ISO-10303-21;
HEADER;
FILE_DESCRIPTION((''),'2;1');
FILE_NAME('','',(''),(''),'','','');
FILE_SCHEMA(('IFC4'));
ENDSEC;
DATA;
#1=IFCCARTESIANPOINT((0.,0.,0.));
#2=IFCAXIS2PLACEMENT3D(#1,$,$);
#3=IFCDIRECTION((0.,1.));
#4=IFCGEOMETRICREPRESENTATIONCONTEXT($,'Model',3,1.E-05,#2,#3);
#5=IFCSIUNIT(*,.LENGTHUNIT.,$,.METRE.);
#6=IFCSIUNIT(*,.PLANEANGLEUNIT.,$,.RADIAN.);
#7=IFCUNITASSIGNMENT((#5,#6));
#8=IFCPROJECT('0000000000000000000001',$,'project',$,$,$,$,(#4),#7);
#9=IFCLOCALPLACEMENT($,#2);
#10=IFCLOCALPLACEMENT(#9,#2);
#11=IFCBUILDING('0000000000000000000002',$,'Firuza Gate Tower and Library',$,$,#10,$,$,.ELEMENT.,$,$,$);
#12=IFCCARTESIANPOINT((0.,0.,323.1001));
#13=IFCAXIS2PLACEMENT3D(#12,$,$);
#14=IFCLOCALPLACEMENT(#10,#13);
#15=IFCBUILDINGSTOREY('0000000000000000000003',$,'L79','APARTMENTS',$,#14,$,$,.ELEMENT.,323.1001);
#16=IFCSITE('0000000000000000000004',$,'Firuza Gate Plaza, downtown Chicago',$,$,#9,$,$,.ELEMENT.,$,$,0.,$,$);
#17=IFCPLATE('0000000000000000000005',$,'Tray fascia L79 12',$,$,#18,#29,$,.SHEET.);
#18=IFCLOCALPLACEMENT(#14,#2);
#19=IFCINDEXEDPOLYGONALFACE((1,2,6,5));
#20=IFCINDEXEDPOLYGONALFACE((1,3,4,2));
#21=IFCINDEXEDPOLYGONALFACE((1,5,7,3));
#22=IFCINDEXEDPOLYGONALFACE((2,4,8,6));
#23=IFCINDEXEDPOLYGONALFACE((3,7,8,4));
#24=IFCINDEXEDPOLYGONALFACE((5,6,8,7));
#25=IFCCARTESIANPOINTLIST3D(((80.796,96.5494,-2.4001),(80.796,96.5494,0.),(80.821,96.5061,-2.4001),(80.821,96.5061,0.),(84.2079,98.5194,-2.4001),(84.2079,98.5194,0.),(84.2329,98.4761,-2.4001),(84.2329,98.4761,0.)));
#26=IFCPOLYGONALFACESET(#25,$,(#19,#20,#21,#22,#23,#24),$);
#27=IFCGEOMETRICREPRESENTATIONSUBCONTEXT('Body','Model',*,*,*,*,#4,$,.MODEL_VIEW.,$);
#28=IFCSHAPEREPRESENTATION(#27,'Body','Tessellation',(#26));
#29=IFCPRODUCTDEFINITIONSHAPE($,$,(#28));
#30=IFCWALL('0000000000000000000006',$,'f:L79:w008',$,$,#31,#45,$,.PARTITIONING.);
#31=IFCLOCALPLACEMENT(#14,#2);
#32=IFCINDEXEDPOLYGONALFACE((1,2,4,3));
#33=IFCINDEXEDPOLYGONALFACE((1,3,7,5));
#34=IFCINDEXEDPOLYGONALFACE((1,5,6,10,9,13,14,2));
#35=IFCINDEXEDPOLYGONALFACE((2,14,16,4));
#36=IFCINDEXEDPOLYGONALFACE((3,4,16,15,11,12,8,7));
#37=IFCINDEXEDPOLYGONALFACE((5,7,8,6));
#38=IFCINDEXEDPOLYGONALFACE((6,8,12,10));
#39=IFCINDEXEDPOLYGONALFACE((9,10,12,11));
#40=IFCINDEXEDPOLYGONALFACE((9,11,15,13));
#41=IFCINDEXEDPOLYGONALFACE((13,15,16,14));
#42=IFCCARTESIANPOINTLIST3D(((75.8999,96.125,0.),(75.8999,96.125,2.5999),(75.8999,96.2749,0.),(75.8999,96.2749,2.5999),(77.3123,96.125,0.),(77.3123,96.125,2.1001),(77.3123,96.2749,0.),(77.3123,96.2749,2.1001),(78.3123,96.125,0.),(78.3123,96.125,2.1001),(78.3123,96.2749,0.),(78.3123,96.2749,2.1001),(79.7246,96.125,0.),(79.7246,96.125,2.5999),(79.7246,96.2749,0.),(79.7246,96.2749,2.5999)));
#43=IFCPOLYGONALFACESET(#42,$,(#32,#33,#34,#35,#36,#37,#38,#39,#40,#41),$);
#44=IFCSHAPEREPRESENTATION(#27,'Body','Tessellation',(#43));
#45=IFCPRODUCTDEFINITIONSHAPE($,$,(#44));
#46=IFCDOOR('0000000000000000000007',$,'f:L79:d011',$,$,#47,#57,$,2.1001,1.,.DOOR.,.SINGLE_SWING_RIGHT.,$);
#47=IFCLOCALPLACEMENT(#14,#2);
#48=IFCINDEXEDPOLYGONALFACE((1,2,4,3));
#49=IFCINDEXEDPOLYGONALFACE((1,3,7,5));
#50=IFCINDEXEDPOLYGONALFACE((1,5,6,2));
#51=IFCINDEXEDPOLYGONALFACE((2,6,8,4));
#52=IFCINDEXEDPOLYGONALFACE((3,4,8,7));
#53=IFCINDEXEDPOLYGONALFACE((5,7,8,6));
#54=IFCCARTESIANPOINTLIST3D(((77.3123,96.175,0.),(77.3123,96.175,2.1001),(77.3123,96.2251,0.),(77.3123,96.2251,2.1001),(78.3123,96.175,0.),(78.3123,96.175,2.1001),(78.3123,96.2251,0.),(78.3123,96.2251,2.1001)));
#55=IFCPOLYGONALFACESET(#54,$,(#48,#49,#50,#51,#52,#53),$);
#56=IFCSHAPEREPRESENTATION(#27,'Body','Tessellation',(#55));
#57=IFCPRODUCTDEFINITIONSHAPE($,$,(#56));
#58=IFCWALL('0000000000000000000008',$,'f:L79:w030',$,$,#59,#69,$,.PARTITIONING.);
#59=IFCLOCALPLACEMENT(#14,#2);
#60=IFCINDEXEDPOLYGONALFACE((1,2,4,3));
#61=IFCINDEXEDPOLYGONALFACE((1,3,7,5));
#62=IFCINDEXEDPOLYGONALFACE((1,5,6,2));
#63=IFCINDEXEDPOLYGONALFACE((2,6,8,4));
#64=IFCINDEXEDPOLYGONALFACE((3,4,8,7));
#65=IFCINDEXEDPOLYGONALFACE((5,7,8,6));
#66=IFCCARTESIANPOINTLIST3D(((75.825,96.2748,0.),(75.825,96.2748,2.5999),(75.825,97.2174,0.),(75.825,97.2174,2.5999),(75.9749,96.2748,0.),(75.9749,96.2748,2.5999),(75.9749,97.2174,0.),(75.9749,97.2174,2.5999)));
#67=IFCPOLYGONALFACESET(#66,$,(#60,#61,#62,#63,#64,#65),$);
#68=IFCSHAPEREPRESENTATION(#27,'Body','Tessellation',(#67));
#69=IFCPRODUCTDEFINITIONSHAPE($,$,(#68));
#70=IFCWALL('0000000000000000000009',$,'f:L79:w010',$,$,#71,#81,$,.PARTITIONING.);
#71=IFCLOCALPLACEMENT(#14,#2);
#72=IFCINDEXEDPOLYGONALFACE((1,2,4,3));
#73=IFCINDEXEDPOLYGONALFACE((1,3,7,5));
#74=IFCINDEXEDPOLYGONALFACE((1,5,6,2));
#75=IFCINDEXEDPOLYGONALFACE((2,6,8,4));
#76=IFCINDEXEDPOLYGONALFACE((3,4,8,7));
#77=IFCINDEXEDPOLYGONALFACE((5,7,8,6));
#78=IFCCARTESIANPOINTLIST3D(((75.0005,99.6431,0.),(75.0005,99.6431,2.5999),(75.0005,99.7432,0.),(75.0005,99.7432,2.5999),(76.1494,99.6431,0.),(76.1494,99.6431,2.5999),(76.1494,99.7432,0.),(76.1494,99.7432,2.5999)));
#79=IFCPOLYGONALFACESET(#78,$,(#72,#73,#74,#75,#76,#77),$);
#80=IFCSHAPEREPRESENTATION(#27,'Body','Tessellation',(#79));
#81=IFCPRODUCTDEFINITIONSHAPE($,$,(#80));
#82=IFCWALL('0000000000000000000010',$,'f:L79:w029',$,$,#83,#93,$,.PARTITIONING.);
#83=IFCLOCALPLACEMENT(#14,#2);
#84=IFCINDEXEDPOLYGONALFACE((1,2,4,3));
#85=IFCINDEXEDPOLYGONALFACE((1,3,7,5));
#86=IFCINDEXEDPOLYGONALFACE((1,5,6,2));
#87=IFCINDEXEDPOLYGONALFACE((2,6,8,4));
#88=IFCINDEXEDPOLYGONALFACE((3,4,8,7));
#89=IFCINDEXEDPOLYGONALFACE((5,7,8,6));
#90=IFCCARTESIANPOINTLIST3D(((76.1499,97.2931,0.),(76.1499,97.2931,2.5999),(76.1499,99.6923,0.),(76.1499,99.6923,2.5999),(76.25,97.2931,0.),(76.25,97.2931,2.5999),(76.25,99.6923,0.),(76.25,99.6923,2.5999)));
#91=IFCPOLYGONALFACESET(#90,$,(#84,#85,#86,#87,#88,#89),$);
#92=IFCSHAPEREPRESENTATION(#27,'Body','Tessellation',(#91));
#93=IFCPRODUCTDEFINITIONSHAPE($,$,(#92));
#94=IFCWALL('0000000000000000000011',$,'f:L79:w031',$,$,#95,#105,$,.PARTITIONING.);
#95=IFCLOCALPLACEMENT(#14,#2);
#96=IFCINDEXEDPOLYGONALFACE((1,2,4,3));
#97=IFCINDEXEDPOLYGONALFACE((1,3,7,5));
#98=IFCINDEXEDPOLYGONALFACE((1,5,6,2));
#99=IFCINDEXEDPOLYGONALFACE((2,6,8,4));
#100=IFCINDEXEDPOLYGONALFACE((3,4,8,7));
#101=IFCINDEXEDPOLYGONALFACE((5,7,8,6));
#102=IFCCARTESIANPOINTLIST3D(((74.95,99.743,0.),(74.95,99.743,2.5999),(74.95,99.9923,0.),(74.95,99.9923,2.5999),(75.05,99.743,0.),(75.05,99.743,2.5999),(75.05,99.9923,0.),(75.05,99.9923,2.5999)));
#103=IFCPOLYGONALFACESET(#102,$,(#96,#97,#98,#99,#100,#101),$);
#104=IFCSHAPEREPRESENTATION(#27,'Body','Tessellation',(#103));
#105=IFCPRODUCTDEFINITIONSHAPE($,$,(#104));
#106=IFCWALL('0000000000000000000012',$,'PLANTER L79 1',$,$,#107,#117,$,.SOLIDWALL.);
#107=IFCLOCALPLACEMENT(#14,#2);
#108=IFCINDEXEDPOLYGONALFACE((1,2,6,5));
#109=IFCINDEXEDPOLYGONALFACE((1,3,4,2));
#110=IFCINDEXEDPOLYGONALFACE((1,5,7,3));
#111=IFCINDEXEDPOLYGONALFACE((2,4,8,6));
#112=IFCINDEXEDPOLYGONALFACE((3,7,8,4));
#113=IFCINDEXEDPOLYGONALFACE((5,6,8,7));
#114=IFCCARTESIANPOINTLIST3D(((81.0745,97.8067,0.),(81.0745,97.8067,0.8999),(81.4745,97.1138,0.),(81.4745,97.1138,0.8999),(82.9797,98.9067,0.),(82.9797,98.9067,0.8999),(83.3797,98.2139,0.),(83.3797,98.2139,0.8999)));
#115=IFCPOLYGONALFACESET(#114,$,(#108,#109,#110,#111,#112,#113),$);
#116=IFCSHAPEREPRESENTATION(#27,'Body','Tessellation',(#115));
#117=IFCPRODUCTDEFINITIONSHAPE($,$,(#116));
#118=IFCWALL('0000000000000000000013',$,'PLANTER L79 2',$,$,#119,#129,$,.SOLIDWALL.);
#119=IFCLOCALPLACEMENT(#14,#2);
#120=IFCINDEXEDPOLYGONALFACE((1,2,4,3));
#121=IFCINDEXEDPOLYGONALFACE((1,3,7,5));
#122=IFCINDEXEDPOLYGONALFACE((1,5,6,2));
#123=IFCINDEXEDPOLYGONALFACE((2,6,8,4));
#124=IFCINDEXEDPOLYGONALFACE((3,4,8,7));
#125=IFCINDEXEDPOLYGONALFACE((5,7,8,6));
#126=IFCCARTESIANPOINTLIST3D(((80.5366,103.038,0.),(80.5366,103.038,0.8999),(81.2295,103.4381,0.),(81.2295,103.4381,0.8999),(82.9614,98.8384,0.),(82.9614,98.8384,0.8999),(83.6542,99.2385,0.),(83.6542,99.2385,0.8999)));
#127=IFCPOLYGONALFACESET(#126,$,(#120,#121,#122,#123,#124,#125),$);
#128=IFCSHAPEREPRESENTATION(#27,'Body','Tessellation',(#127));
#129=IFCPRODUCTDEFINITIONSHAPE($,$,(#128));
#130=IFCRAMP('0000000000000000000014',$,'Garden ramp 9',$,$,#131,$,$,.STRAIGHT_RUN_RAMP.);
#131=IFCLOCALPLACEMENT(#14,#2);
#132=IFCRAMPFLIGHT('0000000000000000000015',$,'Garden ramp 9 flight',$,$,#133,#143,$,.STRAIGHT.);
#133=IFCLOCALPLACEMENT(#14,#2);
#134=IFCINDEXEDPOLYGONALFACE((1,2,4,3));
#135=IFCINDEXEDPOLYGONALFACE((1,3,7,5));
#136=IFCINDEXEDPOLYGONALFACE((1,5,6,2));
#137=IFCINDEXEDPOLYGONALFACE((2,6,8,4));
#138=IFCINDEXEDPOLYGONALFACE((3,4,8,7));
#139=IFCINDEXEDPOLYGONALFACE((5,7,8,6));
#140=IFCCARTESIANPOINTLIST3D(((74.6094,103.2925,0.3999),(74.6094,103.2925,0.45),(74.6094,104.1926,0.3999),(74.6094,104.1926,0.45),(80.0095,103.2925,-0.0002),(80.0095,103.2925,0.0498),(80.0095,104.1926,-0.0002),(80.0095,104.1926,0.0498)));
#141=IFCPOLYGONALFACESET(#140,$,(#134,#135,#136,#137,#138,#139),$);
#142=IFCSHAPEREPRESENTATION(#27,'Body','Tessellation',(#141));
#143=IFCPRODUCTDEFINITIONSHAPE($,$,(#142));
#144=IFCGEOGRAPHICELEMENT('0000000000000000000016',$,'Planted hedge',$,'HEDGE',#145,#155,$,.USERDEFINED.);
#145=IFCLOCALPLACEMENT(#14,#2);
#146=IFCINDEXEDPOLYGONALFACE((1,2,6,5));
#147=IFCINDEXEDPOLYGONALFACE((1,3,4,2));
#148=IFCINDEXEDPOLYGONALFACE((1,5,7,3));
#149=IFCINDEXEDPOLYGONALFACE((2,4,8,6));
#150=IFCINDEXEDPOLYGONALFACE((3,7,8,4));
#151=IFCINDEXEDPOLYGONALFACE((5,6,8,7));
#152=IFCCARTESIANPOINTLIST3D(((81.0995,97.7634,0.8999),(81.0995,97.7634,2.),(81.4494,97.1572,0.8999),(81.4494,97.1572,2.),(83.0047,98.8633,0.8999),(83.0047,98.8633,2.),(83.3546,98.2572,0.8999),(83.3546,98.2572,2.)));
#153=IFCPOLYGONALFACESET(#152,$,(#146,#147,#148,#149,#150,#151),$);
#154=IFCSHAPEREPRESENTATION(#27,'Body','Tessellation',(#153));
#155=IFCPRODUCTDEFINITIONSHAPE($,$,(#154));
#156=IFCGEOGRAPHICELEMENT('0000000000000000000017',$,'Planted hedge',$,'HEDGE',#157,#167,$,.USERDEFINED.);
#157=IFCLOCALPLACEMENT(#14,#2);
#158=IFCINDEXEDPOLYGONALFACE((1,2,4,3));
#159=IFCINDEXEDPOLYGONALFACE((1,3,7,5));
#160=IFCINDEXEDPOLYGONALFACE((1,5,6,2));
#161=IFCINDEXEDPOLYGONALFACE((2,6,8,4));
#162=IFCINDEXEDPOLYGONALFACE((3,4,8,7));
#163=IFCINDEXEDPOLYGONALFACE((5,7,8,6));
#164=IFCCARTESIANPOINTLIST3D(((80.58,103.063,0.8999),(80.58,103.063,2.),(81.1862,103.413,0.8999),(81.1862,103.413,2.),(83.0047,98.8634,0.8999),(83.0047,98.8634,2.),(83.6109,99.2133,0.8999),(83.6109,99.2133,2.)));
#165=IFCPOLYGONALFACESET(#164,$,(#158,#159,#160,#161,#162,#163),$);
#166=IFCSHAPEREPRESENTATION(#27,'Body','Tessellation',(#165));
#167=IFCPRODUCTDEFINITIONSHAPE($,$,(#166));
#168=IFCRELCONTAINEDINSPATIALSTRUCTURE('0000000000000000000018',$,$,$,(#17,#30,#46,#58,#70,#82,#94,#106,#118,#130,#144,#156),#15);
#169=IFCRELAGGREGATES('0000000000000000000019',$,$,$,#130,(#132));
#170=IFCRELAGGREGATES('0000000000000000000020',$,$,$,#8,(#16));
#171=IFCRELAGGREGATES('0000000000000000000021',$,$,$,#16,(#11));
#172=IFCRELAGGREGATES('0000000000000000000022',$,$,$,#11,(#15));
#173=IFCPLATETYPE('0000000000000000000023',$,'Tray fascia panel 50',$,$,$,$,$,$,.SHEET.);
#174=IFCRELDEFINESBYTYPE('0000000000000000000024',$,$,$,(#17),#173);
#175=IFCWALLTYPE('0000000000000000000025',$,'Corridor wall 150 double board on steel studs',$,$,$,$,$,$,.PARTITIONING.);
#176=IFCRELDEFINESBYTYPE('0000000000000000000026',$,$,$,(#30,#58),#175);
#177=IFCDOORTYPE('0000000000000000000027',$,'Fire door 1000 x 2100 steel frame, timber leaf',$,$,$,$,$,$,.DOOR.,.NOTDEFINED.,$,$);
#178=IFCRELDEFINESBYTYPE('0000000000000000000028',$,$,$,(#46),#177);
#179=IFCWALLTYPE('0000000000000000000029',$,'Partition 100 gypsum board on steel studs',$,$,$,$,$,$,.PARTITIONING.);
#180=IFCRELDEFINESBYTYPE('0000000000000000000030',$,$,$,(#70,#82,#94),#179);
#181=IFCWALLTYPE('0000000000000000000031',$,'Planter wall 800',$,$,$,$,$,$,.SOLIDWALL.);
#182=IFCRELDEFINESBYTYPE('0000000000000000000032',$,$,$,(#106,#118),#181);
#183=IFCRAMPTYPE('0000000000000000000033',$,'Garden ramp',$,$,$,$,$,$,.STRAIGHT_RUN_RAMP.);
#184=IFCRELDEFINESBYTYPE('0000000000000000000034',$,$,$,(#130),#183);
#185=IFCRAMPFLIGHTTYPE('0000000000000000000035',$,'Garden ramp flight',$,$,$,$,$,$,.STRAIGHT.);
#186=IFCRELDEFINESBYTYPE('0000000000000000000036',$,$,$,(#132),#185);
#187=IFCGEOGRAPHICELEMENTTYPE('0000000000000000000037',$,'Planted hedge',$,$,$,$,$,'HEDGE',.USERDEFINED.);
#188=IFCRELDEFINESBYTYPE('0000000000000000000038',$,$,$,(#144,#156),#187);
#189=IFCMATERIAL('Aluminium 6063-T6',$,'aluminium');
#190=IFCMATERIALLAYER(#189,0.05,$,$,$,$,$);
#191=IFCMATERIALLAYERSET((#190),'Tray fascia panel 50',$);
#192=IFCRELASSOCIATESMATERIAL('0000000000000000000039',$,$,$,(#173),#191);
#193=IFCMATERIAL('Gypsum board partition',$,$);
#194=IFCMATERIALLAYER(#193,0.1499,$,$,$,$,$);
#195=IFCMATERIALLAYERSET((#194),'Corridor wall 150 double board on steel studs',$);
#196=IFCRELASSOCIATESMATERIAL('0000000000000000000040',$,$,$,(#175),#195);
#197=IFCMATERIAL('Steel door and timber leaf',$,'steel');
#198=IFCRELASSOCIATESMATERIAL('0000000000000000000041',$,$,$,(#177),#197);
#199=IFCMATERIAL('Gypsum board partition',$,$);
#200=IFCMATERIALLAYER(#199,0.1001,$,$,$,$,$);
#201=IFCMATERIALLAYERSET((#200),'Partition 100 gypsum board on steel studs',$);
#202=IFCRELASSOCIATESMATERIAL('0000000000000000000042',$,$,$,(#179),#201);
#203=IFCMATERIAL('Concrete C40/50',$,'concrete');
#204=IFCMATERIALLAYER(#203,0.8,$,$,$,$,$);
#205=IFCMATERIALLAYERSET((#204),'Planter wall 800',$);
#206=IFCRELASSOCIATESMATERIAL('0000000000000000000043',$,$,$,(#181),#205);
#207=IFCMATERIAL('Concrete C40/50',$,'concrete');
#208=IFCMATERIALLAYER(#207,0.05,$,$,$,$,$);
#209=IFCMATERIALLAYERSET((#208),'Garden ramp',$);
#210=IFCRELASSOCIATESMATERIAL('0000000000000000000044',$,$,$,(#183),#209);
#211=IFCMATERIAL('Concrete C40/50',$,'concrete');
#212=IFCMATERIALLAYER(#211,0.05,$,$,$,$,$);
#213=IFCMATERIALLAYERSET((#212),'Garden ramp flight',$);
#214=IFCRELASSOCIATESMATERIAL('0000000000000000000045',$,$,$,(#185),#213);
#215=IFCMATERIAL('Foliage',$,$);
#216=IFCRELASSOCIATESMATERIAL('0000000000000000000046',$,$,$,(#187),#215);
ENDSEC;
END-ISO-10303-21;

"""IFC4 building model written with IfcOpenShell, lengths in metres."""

from ifc_helpers import new_model, si_unit, direction, frame, frame_2d, origin, origin_2d, place, context, subcontext, project, spatial, polyline, rectangle, outline, extrude, material, layer, layer_set, type_object, element, fill, aggregate, save


model = new_model("IFC4")

# Units and contexts
model_context = context("Model", 3, precision=1e-05, world=origin(), true_north=direction((0.0, 1.0)))
body_context = subcontext(model_context, "Body", "Model", "MODEL_VIEW")
ifc_project = project(units=[si_unit("LENGTHUNIT", "METRE"), si_unit("PLANEANGLEUNIT", "RADIAN")], contexts=[model_context])

# Site, building, storey
site_placement = place(None, origin())
site = spatial("IfcSite", under=ifc_project, at=site_placement, Name="Firuza Gate Plaza, downtown Chicago", CompositionType="ELEMENT", RefElevation=0.0)
building_placement = place(site_placement, origin())
building = spatial("IfcBuilding", under=site, at=building_placement, Name="Firuza Gate Tower and Library", CompositionType="ELEMENT")
storey_placement = place(building_placement, frame((0.0, 0.0, 323.1001)))
storey = spatial("IfcBuildingStorey", under=building, at=storey_placement, Name="L79", Description="APARTMENTS", CompositionType="ELEMENT", Elevation=323.1001)

# Shared definitions
placement = place(storey_placement, origin())

# Plate
ifc_material_1 = material(Name="Aluminium 6063-T6", Category="aluminium")
ifc_layer_1 = layer(ifc_material_1, 0.05)
ifc_layer_set_1 = layer_set([ifc_layer_1], Name="Tray fascia panel 50")
plate_type_1 = type_object("IfcPlateType", Name="Tray fascia panel 50", PredefinedType="SHEET", material=ifc_layer_set_1)
plate_1_placement = place(storey_placement, frame((80.821, 96.5061, -2.4001), z_axis=(0.500025, -0.866011, 0.0), x_axis=(0.866011, 0.500025, 0.0)))
element("IfcPlate", 1, at=plate_1_placement, inside=storey, type_object=plate_type_1, Name="Tray fascia L79 12", PredefinedType="SHEET", context=body_context, shape_type="SweptSolid", body=[
    extrude(outline(polyline([(0.0, 0.0), (3.9397, 0.0), (3.9397, 2.4001), (0.0, 2.4001), (0.0, 0.0)])), origin(), (0.0, 0.0, -1.0), 0.05),
])

# Wall, opening, door
ifc_material_2 = material(Name="Gypsum board partition")
ifc_layer_2 = layer(ifc_material_2, 0.1499)
ifc_layer_set_2 = layer_set([ifc_layer_2], Name="Corridor wall 150 double board on steel studs")
wall_type_1 = type_object("IfcWallType", Name="Corridor wall 150 double board on steel studs", PredefinedType="PARTITIONING", material=ifc_layer_set_2)
wall_1_placement = place(storey_placement, frame((79.7246, 96.2, 0.0), z_axis=(0.0, 0.0, 1.0), x_axis=(-1.0, 0.0, 0.0)))
wall_1 = element("IfcWall", 2, at=wall_1_placement, inside=storey, type_object=wall_type_1, Name="f:L79:w008", PredefinedType="PARTITIONING", context=body_context, shape_type="SweptSolid", body=[
    extrude(rectangle(XDim=3.8247, YDim=0.1499, at=frame_2d((1.9124, 0.0))), origin(), (0.0, 0.0, 1.0), 2.5999),
])
opening_placement = place(wall_1_placement, frame((1.4124, 0.0, 0.0)))
opening = element("IfcOpeningElement", 3, at=opening_placement, cuts=wall_1, PredefinedType="OPENING", context=body_context, shape_type="SweptSolid", body=[
    extrude(rectangle(XDim=1.0, YDim=2.1001, at=frame_2d((0.5, 1.05))), frame((0.0, 0.085, 0.0), z_axis=(0.0, -1.0, 0.0), x_axis=(1.0, 0.0, 0.0)), (0.0, 0.0, 1.0), 0.1699),
])
ifc_material_3 = material(Name="Steel door and timber leaf", Category="steel")
door_type = type_object("IfcDoorType", Name="Fire door 1000 x 2100 steel frame, timber leaf", OperationType="NOTDEFINED", PredefinedType="DOOR", material=ifc_material_3)
door_placement = place(opening_placement, origin())
door = element("IfcDoor", 4, at=door_placement, inside=storey, type_object=door_type, Name="f:L79:d011", OperationType="SINGLE_SWING_RIGHT", OverallHeight=2.1001, OverallWidth=1.0, PredefinedType="DOOR", context=body_context, shape_type="SweptSolid", body=[
    extrude(rectangle(XDim=1.0, YDim=2.1001, at=frame_2d((0.5, 1.05))), frame((0.0, 0.0249, 0.0), z_axis=(0.0, -1.0, 0.0), x_axis=(1.0, 0.0, 0.0)), (0.0, 0.0, 1.0), 0.05),
])
fill(opening, door)

# Walls
wall_2_placement = place(storey_placement, frame((75.8999, 96.2749, 0.0), z_axis=(0.0, 0.0, 1.0), x_axis=(0.0, 1.0, 0.0)))
element("IfcWall", 5, at=wall_2_placement, inside=storey, type_object=wall_type_1, Name="f:L79:w030", PredefinedType="PARTITIONING", context=body_context, shape_type="SweptSolid", body=[
    extrude(rectangle(XDim=0.9426, YDim=0.1499, at=frame_2d((0.4712, 0.0))), origin(), (0.0, 0.0, 1.0), 2.5999),
])
ifc_material_4 = material(Name="Gypsum board partition")
ifc_layer_3 = layer(ifc_material_4, 0.1001)
ifc_layer_set_3 = layer_set([ifc_layer_3], Name="Partition 100 gypsum board on steel studs")
wall_type_2 = type_object("IfcWallType", Name="Partition 100 gypsum board on steel studs", PredefinedType="PARTITIONING", material=ifc_layer_set_3)
wall_3_placement = place(storey_placement, frame((75.0005, 99.6931, 0.0), z_axis=(0.0, 0.0, 1.0), x_axis=(1.0, 0.0, 0.0)))
element("IfcWall", 6, at=wall_3_placement, inside=storey, type_object=wall_type_2, Name="f:L79:w010", PredefinedType="PARTITIONING", context=body_context, shape_type="SweptSolid", body=[
    extrude(rectangle(XDim=1.1489, YDim=0.1001, at=frame_2d((0.5745, 0.0))), origin(), (0.0, 0.0, 1.0), 2.5999),
])
wall_4_placement = place(storey_placement, frame((76.2, 97.293, 0.0), z_axis=(0.0, 0.0, 1.0), x_axis=(0.0, 1.0, 0.0)))
element("IfcWall", 7, at=wall_4_placement, inside=storey, type_object=wall_type_2, Name="f:L79:w029", PredefinedType="PARTITIONING", context=body_context, shape_type="SweptSolid", body=[
    extrude(rectangle(XDim=2.3992, YDim=0.1001, at=frame_2d((1.1997, 0.0))), origin(), (0.0, 0.0, 1.0), 2.5999),
])
wall_5_placement = place(storey_placement, frame((75.0, 99.7432, 0.0), z_axis=(0.0, 0.0, 1.0), x_axis=(0.0, 1.0, 0.0)))
element("IfcWall", 8, at=wall_5_placement, inside=storey, type_object=wall_type_2, Name="f:L79:w031", PredefinedType="PARTITIONING", context=body_context, shape_type="SweptSolid", body=[
    extrude(rectangle(XDim=0.2493, YDim=0.1001, at=frame_2d((0.1245, 0.0))), origin(), (0.0, 0.0, 1.0), 2.5999),
])
ifc_material_5 = material(Name="Concrete C40/50", Category="concrete")
ifc_layer_4 = layer(ifc_material_5, 0.8)
ifc_layer_set_4 = layer_set([ifc_layer_4], Name="Planter wall 800")
wall_type_3 = type_object("IfcWallType", Name="Planter wall 800", PredefinedType="SOLIDWALL", material=ifc_layer_set_4)
wall_6_placement = place(storey_placement, frame((81.2744, 97.4602, 0.0), z_axis=(0.0, 0.0, 1.0), x_axis=(0.866008, 0.50003, 0.0)))
element("IfcWall", 9, at=wall_6_placement, inside=storey, type_object=wall_type_3, Name="PLANTER L79 1", PredefinedType="SOLIDWALL", context=body_context, shape_type="SweptSolid", body=[
    extrude(rectangle(XDim=2.2, YDim=0.8, at=frame_2d((1.1001, 0.0))), origin(), (0.0, 0.0, 1.0), 0.8999),
])
wall_7_placement = place(storey_placement, frame((83.3079, 99.0383, 0.0), z_axis=(0.0, 0.0, 1.0), x_axis=(-0.500016, 0.866016, 0.0)))
element("IfcWall", 10, at=wall_7_placement, inside=storey, type_object=wall_type_3, Name="PLANTER L79 2", PredefinedType="SOLIDWALL", context=body_context, shape_type="SweptSolid", body=[
    extrude(rectangle(XDim=4.8494, YDim=0.8, at=frame_2d((2.4248, 0.0))), origin(), (0.0, 0.0, 1.0), 0.8999),
])

# Ramp, ramp flight
ifc_material_6 = material(Name="Concrete C40/50", Category="concrete")
ifc_layer_5 = layer(ifc_material_6, 0.05)
ifc_layer_set_5 = layer_set([ifc_layer_5], Name="Garden ramp")
ramp_type = type_object("IfcRampType", Name="Garden ramp", PredefinedType="STRAIGHT_RUN_RAMP", material=ifc_layer_set_5)
ramp = element("IfcRamp", 11, at=placement, inside=storey, type_object=ramp_type, Name="Garden ramp 9", PredefinedType="STRAIGHT_RUN_RAMP")
ifc_material_7 = material(Name="Concrete C40/50", Category="concrete")
ifc_layer_6 = layer(ifc_material_7, 0.05)
ifc_layer_set_6 = layer_set([ifc_layer_6], Name="Garden ramp flight")
ramp_flight_type = type_object("IfcRampFlightType", Name="Garden ramp flight", PredefinedType="STRAIGHT", material=ifc_layer_set_6)
ramp_flight_placement = place(storey_placement, frame((80.0095, 103.7427, -0.0002), z_axis=(0.0, 0.0, 1.0), x_axis=(-1.0, 0.0, 0.0)))
ramp_flight = element("IfcRampFlight", 12, at=ramp_flight_placement, type_object=ramp_flight_type, Name="Garden ramp 9 flight", PredefinedType="STRAIGHT", context=body_context, shape_type="SweptSolid", body=[
    extrude(outline(polyline([(0.0, 0.05), (5.4001, 0.4502), (5.4001, 0.4001), (0.0, 0.0), (0.0, 0.05)])), frame((0.0, 0.4502, 0.0), z_axis=(0.0, -1.0, 0.0), x_axis=(1.0, 0.0, 0.0)), (0.0, 0.0, 1.0), 0.9001),
])
aggregate(ramp, [ramp_flight])

# Geographic elements
ifc_material_8 = material(Name="Foliage")
geographic_element_type = type_object("IfcGeographicElementType", Name="Planted hedge", ElementType="HEDGE", PredefinedType="USERDEFINED", material=ifc_material_8)
geographic_element_1_placement = place(storey_placement, frame((82.2271, 98.0103, 0.8999), z_axis=(0.0, 0.0, 1.0), x_axis=(0.866025, 0.5, 0.0)))
element("IfcGeographicElement", 13, at=geographic_element_1_placement, inside=storey, type_object=geographic_element_type, Name="Planted hedge", ObjectType="HEDGE", PredefinedType="USERDEFINED", context=body_context, shape_type="SweptSolid", body=[
    extrude(rectangle(XDim=2.2, YDim=0.7, at=origin_2d()), origin(), (0.0, 0.0, 1.0), 1.1001),
])
geographic_element_2_placement = place(storey_placement, frame((82.0955, 101.1382, 0.8999), z_axis=(0.0, 0.0, 1.0), x_axis=(-0.5, 0.866025, 0.0)))
element("IfcGeographicElement", 14, at=geographic_element_2_placement, inside=storey, type_object=geographic_element_type, Name="Planted hedge", ObjectType="HEDGE", PredefinedType="USERDEFINED", context=body_context, shape_type="SweptSolid", body=[
    extrude(rectangle(XDim=4.8494, YDim=0.7, at=origin_2d()), origin(), (0.0, 0.0, 1.0), 1.1001),
])

save(model, "model.ifc")
